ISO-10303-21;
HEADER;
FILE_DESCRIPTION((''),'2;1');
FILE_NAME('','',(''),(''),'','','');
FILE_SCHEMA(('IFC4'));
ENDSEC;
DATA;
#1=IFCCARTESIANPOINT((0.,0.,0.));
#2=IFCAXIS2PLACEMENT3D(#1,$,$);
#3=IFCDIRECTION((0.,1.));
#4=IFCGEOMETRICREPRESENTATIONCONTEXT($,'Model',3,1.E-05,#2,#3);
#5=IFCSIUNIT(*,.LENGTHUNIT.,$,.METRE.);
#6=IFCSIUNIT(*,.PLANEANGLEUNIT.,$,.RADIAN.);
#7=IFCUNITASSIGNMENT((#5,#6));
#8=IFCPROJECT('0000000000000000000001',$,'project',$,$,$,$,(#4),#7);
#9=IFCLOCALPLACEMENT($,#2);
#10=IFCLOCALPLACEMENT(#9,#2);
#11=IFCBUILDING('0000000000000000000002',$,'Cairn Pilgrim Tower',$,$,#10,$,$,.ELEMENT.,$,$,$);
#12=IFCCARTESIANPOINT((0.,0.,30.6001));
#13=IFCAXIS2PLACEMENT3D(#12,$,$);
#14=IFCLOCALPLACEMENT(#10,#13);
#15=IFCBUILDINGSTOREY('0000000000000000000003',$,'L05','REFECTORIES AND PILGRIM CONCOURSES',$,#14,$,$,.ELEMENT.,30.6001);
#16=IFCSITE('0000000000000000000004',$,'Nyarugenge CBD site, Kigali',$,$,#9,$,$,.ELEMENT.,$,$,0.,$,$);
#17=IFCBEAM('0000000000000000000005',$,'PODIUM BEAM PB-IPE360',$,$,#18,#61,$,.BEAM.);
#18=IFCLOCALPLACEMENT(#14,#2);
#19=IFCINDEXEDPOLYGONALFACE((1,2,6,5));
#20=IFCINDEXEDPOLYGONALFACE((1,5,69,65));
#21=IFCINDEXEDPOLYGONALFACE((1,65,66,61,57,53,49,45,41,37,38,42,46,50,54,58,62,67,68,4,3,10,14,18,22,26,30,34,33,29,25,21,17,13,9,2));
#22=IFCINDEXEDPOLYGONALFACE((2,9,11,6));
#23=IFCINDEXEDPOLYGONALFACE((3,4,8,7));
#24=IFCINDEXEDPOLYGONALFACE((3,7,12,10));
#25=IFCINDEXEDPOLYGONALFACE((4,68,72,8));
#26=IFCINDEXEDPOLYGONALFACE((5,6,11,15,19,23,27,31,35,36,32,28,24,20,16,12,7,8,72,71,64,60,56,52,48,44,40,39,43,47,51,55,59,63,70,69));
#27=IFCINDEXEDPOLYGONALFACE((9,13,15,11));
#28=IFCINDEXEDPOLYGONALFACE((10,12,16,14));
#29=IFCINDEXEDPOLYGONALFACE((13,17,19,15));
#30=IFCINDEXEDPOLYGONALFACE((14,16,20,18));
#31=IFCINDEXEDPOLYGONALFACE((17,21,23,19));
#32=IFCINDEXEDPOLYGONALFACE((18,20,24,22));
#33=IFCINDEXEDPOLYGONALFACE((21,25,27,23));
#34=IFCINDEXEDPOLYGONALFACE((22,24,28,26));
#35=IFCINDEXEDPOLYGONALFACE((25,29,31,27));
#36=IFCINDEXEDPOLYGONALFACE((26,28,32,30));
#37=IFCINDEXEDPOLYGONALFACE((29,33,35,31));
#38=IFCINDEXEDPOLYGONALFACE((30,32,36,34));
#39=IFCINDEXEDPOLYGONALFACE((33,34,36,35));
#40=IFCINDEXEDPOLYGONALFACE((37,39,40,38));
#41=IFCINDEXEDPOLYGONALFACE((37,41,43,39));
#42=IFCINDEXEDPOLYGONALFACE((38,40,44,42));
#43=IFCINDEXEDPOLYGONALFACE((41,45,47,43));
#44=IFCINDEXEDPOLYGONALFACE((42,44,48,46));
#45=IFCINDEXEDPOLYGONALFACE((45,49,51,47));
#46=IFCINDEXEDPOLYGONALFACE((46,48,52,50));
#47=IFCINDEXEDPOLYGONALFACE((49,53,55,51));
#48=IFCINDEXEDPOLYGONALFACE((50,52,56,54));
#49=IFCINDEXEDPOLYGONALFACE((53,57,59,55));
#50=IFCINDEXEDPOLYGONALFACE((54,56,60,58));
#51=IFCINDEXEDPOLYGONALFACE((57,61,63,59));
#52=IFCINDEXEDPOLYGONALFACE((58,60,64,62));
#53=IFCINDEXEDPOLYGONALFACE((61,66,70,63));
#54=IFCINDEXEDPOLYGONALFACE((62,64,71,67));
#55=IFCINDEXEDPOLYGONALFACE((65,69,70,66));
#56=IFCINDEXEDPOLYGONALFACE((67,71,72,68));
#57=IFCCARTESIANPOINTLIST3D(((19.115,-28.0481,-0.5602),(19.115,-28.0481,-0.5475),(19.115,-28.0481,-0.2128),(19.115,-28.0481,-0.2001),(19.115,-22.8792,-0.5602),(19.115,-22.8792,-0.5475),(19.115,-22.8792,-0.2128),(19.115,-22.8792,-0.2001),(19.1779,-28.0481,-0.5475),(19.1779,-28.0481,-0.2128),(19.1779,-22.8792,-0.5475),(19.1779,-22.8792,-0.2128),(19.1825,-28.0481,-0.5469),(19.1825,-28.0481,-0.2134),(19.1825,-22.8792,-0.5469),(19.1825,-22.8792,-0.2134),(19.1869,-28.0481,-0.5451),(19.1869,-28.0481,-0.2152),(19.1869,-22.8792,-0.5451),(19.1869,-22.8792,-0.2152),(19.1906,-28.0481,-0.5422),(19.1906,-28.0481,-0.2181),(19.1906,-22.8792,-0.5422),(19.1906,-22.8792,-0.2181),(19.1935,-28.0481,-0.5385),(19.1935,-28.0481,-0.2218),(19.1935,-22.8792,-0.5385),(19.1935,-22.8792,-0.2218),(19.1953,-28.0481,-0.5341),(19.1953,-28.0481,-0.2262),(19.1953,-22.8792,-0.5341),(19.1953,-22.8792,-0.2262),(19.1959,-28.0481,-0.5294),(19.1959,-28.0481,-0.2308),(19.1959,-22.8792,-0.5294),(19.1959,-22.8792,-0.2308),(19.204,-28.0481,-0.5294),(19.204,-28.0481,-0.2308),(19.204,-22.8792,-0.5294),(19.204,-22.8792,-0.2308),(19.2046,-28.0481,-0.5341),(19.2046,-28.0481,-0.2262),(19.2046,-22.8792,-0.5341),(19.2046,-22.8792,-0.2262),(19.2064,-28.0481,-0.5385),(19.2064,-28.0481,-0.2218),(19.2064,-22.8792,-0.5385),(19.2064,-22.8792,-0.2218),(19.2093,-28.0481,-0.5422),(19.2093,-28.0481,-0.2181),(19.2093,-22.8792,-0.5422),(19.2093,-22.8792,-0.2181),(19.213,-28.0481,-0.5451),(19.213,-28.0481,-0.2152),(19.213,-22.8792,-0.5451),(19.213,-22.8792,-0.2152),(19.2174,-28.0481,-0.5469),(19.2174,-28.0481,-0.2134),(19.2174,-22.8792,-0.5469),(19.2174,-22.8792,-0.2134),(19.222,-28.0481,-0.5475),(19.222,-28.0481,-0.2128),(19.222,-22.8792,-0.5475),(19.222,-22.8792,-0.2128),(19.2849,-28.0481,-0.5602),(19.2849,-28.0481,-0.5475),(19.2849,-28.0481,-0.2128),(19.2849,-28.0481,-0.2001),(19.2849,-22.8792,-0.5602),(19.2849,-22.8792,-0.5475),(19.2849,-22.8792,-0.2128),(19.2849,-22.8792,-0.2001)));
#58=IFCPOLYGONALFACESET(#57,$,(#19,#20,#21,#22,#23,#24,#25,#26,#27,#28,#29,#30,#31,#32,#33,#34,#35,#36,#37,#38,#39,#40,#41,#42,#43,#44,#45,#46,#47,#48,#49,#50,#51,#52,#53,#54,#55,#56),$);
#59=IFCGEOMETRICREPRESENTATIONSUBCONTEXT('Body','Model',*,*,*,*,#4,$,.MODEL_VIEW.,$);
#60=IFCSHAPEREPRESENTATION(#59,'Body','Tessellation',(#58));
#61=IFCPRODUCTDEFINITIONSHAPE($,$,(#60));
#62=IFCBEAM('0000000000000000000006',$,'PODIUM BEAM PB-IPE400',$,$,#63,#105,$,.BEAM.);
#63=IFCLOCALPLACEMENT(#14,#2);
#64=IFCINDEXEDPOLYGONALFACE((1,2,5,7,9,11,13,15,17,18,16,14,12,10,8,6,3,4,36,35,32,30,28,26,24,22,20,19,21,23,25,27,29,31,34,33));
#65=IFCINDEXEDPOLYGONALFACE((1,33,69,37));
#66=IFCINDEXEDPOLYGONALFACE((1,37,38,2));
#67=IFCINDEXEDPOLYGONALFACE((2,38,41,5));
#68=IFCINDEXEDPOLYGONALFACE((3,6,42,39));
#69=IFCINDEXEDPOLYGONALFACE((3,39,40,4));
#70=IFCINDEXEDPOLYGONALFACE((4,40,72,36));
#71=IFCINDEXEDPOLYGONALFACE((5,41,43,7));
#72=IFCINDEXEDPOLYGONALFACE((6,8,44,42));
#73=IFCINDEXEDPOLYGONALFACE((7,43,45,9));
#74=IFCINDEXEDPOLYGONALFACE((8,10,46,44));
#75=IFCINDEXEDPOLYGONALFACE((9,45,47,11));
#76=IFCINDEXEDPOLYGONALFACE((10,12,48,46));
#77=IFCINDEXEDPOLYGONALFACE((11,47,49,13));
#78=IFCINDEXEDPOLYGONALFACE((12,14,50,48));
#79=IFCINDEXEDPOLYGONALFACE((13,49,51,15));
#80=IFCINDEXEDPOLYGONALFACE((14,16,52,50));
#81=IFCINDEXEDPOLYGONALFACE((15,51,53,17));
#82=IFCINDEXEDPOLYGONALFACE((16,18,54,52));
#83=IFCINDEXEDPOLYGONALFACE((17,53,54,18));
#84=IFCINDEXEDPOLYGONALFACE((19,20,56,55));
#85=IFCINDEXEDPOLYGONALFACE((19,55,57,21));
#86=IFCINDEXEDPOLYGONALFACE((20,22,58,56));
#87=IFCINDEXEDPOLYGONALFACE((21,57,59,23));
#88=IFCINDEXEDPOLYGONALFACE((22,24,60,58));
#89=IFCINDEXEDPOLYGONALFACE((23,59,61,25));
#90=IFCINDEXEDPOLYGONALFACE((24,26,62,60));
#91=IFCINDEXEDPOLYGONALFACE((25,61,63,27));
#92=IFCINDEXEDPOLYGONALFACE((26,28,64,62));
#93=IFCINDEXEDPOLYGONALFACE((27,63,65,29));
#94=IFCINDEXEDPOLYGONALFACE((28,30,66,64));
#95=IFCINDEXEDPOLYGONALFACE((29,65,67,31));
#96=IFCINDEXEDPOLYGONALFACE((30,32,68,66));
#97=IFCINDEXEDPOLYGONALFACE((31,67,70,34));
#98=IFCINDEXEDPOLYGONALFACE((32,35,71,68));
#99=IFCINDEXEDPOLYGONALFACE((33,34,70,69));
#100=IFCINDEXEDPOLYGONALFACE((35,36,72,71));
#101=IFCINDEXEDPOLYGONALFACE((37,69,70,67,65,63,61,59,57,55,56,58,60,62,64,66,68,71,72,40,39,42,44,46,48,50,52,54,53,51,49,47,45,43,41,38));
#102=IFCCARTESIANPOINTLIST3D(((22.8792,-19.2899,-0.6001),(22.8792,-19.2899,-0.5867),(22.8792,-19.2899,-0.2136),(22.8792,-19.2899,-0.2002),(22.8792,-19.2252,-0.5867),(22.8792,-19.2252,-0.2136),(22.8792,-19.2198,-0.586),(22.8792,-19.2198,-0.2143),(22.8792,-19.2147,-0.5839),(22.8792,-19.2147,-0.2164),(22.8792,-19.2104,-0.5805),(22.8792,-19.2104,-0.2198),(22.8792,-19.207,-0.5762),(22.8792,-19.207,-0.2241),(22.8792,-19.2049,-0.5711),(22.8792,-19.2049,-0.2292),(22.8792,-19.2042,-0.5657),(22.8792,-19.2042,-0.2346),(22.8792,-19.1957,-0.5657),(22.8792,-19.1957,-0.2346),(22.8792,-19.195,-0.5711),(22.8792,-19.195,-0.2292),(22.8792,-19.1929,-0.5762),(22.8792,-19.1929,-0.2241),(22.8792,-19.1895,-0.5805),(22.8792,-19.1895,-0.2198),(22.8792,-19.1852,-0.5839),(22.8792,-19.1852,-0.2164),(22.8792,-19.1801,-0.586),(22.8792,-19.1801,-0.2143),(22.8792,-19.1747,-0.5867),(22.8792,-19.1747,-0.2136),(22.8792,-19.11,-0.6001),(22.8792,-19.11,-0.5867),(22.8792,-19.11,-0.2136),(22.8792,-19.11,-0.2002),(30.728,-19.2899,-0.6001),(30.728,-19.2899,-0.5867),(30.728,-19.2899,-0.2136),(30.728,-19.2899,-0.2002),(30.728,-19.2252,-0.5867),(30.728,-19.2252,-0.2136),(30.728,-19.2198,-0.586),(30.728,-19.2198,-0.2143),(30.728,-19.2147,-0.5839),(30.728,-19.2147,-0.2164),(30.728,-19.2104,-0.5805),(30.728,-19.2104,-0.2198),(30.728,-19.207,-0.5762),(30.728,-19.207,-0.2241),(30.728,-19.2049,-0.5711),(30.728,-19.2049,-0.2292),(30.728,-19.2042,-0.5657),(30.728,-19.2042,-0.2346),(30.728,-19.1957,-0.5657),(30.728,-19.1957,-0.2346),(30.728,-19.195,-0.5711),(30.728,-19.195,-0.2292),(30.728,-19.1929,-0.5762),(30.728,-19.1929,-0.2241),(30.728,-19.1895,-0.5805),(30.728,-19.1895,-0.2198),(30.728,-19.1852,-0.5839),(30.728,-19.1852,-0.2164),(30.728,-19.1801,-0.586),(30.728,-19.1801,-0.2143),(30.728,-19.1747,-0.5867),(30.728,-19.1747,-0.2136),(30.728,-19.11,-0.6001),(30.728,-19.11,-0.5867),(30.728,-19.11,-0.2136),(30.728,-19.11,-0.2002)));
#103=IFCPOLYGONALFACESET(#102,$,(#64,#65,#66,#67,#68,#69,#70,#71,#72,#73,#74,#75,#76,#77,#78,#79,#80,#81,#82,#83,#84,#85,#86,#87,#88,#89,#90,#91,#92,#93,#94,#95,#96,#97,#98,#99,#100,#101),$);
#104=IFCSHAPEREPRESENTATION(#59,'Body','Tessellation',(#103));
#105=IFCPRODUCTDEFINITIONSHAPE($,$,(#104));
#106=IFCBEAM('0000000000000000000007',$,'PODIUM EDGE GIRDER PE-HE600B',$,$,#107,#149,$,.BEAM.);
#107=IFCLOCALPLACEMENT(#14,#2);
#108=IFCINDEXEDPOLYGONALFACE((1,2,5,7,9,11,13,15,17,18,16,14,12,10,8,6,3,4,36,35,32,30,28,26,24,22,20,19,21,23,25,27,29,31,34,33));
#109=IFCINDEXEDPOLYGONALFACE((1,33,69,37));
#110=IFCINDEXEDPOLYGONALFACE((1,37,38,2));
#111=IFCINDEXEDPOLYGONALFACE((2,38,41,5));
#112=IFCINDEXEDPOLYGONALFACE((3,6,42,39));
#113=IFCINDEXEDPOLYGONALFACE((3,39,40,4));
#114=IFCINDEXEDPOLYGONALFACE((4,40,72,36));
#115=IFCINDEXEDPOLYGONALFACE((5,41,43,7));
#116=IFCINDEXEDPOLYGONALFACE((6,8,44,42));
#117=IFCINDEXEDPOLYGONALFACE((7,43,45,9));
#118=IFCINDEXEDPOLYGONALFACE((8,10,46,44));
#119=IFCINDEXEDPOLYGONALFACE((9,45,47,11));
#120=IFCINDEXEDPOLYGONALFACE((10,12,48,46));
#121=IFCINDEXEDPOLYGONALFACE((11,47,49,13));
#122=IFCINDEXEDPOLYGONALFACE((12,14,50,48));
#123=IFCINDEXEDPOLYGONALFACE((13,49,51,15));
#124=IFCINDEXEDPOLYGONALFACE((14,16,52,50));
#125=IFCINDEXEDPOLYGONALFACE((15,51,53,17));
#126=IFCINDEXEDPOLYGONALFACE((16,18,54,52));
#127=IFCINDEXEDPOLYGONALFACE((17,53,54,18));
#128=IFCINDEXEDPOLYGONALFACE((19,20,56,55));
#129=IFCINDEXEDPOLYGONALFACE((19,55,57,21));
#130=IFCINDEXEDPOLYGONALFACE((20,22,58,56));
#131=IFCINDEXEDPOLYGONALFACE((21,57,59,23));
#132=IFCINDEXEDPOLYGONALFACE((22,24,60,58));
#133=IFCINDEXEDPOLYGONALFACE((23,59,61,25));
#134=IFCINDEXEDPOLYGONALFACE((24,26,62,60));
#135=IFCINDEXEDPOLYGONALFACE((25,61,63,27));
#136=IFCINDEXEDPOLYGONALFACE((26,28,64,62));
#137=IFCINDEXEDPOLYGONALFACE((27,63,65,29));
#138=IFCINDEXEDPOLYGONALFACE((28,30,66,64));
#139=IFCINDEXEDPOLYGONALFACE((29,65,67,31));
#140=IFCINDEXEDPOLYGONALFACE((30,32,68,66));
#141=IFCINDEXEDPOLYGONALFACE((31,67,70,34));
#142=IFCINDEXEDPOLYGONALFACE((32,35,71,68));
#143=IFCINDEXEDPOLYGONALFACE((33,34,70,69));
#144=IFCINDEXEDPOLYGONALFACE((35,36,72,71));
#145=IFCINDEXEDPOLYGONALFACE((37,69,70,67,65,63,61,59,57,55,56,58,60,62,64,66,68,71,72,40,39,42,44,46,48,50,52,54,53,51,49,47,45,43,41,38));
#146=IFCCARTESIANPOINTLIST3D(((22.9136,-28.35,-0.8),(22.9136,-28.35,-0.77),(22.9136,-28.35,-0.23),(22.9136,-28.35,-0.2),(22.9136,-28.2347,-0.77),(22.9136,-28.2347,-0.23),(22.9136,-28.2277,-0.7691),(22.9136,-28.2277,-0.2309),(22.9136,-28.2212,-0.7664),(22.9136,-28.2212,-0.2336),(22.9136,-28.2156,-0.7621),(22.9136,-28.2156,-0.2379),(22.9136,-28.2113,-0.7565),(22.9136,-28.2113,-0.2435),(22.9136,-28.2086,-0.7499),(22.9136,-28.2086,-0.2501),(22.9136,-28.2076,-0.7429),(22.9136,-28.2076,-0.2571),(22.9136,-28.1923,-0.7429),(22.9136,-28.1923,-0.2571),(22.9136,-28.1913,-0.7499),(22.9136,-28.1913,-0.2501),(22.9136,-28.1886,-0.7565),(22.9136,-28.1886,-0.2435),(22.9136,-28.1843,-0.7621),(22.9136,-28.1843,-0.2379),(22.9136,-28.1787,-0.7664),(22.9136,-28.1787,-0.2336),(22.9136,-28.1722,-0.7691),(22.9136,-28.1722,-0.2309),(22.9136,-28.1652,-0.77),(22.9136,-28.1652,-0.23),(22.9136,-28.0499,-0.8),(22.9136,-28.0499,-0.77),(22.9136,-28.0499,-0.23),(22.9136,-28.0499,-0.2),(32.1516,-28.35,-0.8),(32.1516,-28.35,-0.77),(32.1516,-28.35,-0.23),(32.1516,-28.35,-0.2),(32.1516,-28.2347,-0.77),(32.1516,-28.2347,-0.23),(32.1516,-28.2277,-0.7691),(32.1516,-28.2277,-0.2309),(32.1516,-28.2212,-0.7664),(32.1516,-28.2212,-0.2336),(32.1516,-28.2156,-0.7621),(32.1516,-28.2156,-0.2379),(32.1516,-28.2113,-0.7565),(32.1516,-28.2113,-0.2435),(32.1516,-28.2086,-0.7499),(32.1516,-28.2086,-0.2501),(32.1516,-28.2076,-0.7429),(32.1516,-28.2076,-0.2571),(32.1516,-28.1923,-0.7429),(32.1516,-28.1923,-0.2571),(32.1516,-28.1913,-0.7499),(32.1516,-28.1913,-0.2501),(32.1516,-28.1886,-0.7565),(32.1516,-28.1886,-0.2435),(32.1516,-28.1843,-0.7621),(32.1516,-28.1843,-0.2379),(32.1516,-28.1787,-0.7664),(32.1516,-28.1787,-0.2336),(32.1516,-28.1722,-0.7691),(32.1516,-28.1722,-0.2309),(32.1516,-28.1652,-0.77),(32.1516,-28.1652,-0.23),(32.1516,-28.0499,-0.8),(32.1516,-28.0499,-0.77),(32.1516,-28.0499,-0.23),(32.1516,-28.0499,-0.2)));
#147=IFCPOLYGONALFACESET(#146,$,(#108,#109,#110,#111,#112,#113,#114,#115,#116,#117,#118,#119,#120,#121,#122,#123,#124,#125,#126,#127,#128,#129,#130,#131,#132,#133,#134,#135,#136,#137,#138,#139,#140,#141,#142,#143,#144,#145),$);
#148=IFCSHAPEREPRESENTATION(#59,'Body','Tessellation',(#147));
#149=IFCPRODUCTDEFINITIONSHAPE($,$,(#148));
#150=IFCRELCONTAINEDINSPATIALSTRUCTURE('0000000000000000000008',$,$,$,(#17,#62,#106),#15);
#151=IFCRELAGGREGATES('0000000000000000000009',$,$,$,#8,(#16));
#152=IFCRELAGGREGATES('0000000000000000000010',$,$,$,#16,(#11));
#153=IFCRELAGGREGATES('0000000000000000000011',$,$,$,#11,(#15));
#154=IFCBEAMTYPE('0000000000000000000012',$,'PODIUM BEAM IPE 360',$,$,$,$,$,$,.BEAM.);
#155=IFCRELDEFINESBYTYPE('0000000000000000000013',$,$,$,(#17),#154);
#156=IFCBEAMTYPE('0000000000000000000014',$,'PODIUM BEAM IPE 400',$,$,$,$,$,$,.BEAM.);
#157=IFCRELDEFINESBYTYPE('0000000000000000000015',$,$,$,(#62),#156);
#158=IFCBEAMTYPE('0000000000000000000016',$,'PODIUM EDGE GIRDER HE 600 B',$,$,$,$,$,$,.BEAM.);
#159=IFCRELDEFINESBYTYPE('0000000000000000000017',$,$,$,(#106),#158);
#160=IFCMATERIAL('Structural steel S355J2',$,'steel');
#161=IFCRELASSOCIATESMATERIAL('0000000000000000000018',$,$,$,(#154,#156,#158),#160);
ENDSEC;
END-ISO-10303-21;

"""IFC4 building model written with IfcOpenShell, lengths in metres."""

from ifc_helpers import new_model, si_unit, direction, frame, origin, origin_2d, place, context, subcontext, project, spatial, i_section, extrude, material, material_profile, profile_set, type_object, element, save


model = new_model("IFC4")

# Units and contexts
model_context = context("Model", 3, precision=1e-05, world=origin(), true_north=direction((0.0, 1.0)))
body_context = subcontext(model_context, "Body", "Model", "MODEL_VIEW")
ifc_project = project(units=[si_unit("LENGTHUNIT", "METRE"), si_unit("PLANEANGLEUNIT", "RADIAN")], contexts=[model_context])

# Site, building, storey
site_placement = place(None, origin())
site = spatial("IfcSite", under=ifc_project, at=site_placement, Name="Nyarugenge CBD site, Kigali", CompositionType="ELEMENT", RefElevation=0.0)
building_placement = place(site_placement, origin())
building = spatial("IfcBuilding", under=site, at=building_placement, Name="Cairn Pilgrim Tower", CompositionType="ELEMENT")
storey_placement = place(building_placement, frame((0.0, 0.0, 30.6001)))
storey = spatial("IfcBuildingStorey", under=building, at=storey_placement, Name="L05", Description="REFECTORIES AND PILGRIM CONCOURSES", CompositionType="ELEMENT", Elevation=30.6001)

# Beams
ifc_material_1 = material(Name="Structural steel S355J2", Category="steel")
ifc_material_profile_1 = material_profile(ifc_material_1, i_section(OverallWidth=0.1699, OverallDepth=0.3601, WebThickness=0.0081, FlangeThickness=0.0127, FilletRadius=0.0181, at=origin_2d()), Name="IPE 360")
ifc_profile_set_1 = profile_set([ifc_material_profile_1], Name="Structural steel S355J2")
beam_type_1 = type_object("IfcBeamType", Name="PODIUM BEAM IPE 360", PredefinedType="BEAM", material=ifc_profile_set_1)
beam_1_placement = place(storey_placement, frame((19.2, -28.0481, -0.3801), z_axis=(0.0, 1.0, 0.0), x_axis=(-1.0, 0.0, 0.0)))
element("IfcBeam", 1, at=beam_1_placement, inside=storey, type_object=beam_type_1, Name="PODIUM BEAM PB-IPE360", PredefinedType="BEAM", context=body_context, shape_type="SweptSolid", body=[
    extrude(i_section(OverallWidth=0.1699, OverallDepth=0.3601, WebThickness=0.0081, FlangeThickness=0.0127, FilletRadius=0.0181, at=origin_2d()), origin(), (0.0, 0.0, 1.0), 5.1689),
])
ifc_material_profile_2 = material_profile(ifc_material_1, i_section(OverallWidth=0.1799, OverallDepth=0.3999, WebThickness=0.0085, FlangeThickness=0.0134, FilletRadius=0.021, at=origin_2d()), Name="IPE 400")
ifc_profile_set_2 = profile_set([ifc_material_profile_2], Name="Structural steel S355J2")
beam_type_2 = type_object("IfcBeamType", Name="PODIUM BEAM IPE 400", PredefinedType="BEAM", material=ifc_profile_set_2)
beam_2_placement = place(storey_placement, frame((22.8792, -19.2, -0.4001), z_axis=(1.0, 0.0, 0.0), x_axis=(0.0, 1.0, 0.0)))
element("IfcBeam", 2, at=beam_2_placement, inside=storey, type_object=beam_type_2, Name="PODIUM BEAM PB-IPE400", PredefinedType="BEAM", context=body_context, shape_type="SweptSolid", body=[
    extrude(i_section(OverallWidth=0.1799, OverallDepth=0.3999, WebThickness=0.0085, FlangeThickness=0.0134, FilletRadius=0.021, at=origin_2d()), origin(), (0.0, 0.0, 1.0), 7.8489),
])
ifc_material_profile_3 = material_profile(ifc_material_1, i_section(OverallWidth=0.3, OverallDepth=0.6001, WebThickness=0.0154, FlangeThickness=0.03, FilletRadius=0.0271, at=origin_2d()), Name="HEB 600")
ifc_profile_set_3 = profile_set([ifc_material_profile_3], Name="Structural steel S355J2")
beam_type_3 = type_object("IfcBeamType", Name="PODIUM EDGE GIRDER HE 600 B", PredefinedType="BEAM", material=ifc_profile_set_3)
beam_3_placement = place(storey_placement, frame((22.9136, -28.2, -0.5), z_axis=(1.0, 0.0, 0.0), x_axis=(0.0, 1.0, 0.0)))
element("IfcBeam", 3, at=beam_3_placement, inside=storey, type_object=beam_type_3, Name="PODIUM EDGE GIRDER PE-HE600B", PredefinedType="BEAM", context=body_context, shape_type="SweptSolid", body=[
    extrude(i_section(OverallWidth=0.3, OverallDepth=0.6001, WebThickness=0.0154, FlangeThickness=0.03, FilletRadius=0.0271, at=origin_2d()), origin(), (0.0, 0.0, 1.0), 9.238),
])

save(model, "model.ifc")
